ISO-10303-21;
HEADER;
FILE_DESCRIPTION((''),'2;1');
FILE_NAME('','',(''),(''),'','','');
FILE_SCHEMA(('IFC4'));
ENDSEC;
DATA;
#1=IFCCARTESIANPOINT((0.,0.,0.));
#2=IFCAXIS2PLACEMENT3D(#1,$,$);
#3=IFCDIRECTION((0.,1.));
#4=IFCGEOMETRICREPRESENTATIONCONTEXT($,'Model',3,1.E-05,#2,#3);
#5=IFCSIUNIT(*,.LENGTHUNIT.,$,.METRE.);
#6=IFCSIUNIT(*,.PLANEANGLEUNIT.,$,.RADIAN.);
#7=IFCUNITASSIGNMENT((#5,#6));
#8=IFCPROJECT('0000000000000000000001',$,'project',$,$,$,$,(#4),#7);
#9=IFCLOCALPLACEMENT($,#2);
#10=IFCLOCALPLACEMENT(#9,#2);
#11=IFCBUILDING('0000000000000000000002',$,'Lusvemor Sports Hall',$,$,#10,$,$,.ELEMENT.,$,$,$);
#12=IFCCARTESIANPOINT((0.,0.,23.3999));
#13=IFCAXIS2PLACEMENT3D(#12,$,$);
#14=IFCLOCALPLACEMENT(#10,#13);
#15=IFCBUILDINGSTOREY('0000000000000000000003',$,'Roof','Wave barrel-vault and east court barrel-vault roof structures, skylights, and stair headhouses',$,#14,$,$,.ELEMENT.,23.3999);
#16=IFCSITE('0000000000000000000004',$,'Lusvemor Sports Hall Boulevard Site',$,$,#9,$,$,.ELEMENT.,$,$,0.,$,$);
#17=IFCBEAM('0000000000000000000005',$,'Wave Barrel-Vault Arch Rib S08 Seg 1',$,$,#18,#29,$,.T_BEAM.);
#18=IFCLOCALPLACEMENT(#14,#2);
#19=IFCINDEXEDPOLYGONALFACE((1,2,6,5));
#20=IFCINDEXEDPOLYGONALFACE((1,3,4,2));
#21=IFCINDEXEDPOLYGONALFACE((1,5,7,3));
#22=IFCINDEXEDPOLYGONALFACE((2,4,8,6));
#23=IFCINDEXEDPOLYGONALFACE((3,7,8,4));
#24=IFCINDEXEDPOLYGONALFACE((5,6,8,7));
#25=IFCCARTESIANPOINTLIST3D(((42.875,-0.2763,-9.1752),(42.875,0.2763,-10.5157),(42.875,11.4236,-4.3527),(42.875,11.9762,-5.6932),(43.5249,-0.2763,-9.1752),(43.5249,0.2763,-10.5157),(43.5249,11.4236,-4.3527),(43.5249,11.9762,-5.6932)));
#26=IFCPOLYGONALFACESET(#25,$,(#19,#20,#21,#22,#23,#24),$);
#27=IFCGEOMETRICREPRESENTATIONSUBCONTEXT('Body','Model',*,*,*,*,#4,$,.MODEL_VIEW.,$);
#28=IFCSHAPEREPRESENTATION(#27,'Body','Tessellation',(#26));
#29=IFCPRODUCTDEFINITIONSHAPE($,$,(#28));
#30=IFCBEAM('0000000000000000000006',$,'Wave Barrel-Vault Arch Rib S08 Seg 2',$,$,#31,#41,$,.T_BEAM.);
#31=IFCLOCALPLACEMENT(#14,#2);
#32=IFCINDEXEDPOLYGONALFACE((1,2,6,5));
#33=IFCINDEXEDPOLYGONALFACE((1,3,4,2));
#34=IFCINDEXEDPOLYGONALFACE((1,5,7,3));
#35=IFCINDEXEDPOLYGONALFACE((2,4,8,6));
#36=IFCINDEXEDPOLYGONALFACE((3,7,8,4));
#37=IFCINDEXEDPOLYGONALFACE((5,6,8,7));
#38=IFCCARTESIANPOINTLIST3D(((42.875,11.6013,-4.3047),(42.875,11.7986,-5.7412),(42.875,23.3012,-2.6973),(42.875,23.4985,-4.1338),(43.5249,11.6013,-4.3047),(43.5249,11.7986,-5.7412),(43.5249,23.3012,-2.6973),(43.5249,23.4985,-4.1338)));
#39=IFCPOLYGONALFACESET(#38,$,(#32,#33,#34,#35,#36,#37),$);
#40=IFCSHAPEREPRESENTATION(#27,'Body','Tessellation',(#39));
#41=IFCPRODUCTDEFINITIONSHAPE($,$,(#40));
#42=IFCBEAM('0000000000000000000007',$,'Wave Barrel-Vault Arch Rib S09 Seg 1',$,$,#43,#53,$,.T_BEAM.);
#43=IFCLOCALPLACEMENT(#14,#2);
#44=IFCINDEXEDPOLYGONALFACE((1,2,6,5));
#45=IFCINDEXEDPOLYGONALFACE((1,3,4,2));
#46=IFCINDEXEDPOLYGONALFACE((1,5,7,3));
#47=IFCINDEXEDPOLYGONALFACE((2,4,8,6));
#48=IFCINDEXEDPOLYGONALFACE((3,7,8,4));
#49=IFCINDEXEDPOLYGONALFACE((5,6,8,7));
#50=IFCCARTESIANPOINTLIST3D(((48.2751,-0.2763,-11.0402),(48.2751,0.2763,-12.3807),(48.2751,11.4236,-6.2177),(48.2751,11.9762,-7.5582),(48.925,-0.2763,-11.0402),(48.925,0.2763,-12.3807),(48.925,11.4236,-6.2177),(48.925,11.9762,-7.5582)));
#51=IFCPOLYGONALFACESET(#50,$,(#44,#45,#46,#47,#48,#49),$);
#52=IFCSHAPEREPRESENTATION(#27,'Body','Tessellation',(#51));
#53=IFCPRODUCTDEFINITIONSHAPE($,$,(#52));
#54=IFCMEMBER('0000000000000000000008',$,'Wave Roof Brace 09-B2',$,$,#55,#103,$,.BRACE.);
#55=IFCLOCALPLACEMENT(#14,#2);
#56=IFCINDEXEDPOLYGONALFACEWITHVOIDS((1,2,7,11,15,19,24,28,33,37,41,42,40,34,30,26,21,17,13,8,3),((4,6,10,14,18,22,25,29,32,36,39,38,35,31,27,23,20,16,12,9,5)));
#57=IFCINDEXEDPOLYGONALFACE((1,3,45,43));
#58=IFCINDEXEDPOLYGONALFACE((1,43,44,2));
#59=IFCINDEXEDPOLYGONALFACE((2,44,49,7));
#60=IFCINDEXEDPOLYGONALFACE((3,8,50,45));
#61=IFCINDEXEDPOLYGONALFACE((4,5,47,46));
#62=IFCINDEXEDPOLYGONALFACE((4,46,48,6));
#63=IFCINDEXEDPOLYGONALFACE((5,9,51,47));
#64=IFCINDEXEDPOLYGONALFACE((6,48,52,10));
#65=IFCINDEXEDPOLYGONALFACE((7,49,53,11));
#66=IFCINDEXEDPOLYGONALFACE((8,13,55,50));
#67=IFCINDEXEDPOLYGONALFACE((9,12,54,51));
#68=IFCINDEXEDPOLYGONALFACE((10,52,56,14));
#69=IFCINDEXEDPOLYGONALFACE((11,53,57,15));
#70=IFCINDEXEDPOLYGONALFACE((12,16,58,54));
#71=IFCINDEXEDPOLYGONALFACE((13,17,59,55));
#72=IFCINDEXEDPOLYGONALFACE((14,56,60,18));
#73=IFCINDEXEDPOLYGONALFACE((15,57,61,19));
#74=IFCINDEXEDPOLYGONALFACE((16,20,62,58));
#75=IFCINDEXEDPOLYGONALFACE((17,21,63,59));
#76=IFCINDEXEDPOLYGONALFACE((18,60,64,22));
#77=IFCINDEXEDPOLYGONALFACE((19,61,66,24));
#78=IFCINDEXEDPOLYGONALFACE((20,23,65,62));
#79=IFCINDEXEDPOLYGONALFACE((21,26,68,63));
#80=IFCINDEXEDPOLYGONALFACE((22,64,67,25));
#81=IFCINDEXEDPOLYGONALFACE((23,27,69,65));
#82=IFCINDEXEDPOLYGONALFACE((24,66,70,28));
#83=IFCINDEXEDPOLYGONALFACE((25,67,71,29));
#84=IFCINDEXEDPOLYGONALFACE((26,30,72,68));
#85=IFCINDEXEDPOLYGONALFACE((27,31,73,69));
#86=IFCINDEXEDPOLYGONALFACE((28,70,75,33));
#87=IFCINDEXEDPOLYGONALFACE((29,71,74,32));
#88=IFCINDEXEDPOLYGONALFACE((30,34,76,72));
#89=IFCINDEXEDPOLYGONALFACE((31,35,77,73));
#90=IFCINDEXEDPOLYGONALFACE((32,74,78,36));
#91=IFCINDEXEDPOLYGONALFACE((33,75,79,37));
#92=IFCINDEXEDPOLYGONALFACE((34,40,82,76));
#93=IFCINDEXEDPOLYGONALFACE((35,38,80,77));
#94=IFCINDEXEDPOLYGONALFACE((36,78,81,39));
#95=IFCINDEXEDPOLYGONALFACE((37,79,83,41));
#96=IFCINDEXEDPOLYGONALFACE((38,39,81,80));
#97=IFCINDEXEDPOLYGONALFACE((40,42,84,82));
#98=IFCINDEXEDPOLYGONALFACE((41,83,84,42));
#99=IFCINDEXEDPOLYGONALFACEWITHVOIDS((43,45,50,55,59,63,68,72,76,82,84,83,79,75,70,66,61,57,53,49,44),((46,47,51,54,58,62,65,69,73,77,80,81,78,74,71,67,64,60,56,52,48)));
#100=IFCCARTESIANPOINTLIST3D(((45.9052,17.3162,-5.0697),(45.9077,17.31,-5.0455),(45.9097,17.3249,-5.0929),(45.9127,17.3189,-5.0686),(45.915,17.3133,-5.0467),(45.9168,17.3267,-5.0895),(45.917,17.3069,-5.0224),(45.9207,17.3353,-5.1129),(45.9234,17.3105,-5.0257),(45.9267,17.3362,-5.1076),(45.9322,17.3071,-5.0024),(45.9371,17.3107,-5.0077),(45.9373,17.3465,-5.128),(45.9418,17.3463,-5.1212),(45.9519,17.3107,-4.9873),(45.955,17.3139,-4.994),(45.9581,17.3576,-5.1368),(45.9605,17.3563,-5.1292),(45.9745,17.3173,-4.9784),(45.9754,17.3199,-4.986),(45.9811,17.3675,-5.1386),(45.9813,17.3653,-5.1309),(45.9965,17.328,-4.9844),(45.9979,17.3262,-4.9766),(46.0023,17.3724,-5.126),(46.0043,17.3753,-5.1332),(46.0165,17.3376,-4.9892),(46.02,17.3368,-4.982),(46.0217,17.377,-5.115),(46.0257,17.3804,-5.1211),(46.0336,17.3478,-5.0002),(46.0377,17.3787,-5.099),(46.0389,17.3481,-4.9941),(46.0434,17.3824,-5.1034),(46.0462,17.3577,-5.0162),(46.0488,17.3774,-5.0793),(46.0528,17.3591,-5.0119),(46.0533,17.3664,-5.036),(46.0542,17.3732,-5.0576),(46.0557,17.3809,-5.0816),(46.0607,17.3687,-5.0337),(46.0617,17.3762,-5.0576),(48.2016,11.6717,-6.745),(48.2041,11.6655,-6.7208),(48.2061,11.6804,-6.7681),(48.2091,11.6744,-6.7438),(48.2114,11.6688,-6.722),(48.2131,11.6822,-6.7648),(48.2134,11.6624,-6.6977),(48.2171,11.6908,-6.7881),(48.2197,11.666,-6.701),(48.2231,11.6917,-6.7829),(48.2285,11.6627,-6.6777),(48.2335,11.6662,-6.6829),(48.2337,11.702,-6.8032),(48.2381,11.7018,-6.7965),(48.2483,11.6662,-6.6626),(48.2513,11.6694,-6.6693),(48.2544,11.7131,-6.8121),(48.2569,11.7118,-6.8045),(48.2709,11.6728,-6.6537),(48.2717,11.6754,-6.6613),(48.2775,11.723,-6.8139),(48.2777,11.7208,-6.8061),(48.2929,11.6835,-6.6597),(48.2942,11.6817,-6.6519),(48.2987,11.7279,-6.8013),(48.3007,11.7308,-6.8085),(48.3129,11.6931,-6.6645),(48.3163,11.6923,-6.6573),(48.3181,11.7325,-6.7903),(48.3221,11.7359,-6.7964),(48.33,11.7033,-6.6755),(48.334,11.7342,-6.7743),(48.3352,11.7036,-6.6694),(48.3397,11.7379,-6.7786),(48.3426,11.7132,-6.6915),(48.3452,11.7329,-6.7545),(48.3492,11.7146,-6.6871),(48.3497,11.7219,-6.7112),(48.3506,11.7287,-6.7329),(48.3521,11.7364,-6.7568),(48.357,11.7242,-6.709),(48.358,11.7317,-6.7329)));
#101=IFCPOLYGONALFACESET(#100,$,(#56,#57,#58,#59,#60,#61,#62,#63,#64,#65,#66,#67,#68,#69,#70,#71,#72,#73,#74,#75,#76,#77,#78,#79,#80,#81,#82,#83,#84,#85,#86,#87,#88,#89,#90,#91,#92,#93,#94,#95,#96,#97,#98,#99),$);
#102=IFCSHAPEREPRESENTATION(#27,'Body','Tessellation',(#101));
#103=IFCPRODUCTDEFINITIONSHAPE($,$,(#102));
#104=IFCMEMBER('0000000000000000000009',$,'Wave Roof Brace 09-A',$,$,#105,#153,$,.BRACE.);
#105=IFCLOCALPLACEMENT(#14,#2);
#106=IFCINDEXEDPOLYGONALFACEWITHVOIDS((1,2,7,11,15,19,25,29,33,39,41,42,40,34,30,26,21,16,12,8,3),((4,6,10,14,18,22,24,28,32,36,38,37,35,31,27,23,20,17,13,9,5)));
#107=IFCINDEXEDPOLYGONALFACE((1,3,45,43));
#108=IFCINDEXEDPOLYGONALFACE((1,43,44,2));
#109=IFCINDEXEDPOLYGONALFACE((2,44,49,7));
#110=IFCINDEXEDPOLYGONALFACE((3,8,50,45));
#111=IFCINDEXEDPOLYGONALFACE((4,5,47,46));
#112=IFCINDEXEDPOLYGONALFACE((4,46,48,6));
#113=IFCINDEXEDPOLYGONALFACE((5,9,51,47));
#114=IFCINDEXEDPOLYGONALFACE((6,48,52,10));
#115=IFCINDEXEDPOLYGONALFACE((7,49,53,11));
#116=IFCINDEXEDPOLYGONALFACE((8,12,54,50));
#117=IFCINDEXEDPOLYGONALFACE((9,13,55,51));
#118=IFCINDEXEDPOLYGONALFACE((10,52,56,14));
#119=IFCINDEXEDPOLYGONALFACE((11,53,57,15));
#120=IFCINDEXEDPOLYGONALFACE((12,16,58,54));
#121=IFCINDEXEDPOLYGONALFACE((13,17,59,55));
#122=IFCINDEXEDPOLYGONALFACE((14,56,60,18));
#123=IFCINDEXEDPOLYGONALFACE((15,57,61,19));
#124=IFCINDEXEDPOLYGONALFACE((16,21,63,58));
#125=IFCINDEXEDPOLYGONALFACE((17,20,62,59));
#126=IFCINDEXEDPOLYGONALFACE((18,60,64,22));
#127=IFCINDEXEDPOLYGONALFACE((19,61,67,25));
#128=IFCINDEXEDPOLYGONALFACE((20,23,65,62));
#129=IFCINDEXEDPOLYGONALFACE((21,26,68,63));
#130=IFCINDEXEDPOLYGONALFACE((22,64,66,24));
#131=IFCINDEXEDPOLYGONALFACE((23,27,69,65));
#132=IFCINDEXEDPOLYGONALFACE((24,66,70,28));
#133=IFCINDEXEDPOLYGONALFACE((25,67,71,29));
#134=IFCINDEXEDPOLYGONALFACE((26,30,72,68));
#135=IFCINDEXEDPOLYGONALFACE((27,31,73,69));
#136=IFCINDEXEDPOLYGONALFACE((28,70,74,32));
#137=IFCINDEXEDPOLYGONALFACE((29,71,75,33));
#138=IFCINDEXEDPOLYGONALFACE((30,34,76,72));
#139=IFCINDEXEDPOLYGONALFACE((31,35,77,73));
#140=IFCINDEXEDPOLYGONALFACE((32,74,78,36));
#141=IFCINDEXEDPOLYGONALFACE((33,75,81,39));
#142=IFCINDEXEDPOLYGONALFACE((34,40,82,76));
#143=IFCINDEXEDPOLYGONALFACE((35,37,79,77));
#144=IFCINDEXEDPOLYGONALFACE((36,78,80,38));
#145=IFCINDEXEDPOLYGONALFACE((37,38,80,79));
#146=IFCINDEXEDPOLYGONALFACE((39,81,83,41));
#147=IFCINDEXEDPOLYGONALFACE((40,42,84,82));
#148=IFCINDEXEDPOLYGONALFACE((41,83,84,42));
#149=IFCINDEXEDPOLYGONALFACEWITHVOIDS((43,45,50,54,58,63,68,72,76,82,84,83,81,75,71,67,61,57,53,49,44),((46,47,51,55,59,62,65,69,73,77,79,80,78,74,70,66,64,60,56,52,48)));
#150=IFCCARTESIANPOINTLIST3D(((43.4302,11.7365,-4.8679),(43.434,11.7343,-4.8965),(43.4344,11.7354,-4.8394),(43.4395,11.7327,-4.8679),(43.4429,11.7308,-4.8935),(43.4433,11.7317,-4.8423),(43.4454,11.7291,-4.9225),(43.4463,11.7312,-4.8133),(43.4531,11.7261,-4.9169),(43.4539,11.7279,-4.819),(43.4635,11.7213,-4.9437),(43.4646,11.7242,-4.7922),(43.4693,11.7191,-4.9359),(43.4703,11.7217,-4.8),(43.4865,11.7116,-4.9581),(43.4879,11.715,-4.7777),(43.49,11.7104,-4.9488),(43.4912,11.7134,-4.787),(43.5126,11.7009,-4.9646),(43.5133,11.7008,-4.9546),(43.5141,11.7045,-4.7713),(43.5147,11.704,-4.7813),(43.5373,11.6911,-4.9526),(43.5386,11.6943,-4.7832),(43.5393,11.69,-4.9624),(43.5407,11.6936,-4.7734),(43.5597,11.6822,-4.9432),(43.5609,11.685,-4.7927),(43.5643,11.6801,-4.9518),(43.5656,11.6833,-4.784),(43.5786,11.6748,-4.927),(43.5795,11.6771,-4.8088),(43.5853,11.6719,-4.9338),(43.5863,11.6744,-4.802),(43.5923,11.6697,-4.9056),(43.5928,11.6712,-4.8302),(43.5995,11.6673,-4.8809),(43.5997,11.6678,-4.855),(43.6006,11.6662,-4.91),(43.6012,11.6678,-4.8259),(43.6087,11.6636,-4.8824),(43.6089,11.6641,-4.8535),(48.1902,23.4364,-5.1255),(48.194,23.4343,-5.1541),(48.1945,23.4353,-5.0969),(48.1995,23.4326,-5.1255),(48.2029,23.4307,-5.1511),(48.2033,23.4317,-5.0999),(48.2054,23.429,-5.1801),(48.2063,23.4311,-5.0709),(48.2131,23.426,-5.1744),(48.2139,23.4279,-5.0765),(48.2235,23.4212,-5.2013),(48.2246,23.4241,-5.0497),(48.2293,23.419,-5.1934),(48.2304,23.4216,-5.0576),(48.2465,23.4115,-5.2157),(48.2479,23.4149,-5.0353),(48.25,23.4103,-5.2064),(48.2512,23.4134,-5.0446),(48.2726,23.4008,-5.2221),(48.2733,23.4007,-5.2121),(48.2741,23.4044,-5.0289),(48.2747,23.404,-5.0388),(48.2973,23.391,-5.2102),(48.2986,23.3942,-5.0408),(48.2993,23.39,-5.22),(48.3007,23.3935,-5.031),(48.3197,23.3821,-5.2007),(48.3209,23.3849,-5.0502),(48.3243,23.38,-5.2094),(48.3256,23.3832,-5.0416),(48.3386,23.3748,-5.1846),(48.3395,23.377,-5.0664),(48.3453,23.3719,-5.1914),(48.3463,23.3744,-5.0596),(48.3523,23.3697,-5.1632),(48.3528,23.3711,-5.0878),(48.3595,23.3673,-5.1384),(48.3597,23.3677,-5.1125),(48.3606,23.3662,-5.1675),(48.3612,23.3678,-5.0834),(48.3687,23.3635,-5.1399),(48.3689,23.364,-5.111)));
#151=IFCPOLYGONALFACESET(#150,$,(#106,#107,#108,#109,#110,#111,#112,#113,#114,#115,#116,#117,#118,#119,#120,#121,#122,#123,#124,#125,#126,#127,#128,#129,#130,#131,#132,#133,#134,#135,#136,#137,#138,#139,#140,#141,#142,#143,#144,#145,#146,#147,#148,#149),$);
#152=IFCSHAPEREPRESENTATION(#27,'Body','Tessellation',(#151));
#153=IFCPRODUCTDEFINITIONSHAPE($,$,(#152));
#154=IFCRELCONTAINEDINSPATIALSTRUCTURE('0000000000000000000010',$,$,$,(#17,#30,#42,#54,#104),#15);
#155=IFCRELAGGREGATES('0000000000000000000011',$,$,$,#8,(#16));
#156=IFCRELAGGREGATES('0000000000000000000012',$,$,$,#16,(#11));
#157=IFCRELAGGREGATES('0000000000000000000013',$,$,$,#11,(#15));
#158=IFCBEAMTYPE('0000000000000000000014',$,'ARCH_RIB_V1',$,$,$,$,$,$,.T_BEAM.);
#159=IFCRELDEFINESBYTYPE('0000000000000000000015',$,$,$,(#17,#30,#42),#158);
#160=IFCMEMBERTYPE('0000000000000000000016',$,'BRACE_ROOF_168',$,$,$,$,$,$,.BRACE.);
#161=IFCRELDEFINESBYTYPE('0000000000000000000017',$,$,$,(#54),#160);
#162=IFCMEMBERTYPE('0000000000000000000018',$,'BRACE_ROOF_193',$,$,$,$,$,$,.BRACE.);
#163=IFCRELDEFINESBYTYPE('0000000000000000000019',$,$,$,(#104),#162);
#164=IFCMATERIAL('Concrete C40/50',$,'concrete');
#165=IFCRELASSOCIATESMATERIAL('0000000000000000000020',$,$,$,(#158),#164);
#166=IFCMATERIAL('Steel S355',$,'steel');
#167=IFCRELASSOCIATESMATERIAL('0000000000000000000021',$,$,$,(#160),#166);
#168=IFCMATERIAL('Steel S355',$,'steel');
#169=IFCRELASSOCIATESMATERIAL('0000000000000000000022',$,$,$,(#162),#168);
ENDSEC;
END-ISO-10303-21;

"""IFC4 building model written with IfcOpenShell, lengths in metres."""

from ifc_helpers import new_model, si_unit, direction, frame, origin, origin_2d, place, context, subcontext, project, spatial, rectangle, hollow_circle, extrude, material, material_profile, profile_set, type_object, element, save


model = new_model("IFC4")

# Units and contexts
model_context = context("Model", 3, precision=1e-05, world=origin(), true_north=direction((0.0, 1.0)))
body_context = subcontext(model_context, "Body", "Model", "MODEL_VIEW")
ifc_project = project(units=[si_unit("LENGTHUNIT", "METRE"), si_unit("PLANEANGLEUNIT", "RADIAN")], contexts=[model_context])

# Site, building, storey
site_placement = place(None, origin())
site = spatial("IfcSite", under=ifc_project, at=site_placement, Name="Lusvemor Sports Hall Boulevard Site", CompositionType="ELEMENT", RefElevation=0.0)
building_placement = place(site_placement, origin())
building = spatial("IfcBuilding", under=site, at=building_placement, Name="Lusvemor Sports Hall", CompositionType="ELEMENT")
storey_placement = place(building_placement, frame((0.0, 0.0, 23.3999)))
storey = spatial("IfcBuildingStorey", under=building, at=storey_placement, Name="Roof", Description="Wave barrel-vault and east court barrel-vault roof structures, skylights, and stair headhouses", CompositionType="ELEMENT", Elevation=23.3999)

# Beams
ifc_material_1 = material(Name="Concrete C40/50", Category="concrete")
ifc_material_profile_1 = material_profile(ifc_material_1, rectangle(XDim=0.6499, YDim=1.45, at=origin_2d()), Name="RC650x1450")
ifc_profile_set_1 = profile_set([ifc_material_profile_1], Name="Concrete C40/50")
beam_type_1 = type_object("IfcBeamType", Name="ARCH_RIB_V1", PredefinedType="T_BEAM", material=ifc_profile_set_1)
beam_1_placement = place(storey_placement, frame((43.2, 0.0, -9.8455), z_axis=(0.0, 0.924542, 0.38108), x_axis=(-1.0, 0.0, 0.0)))
element("IfcBeam", 1, at=beam_1_placement, inside=storey, type_object=beam_type_1, Name="Wave Barrel-Vault Arch Rib S08 Seg 1", PredefinedType="T_BEAM", context=body_context, shape_type="SweptSolid", body=[
    extrude(rectangle(XDim=0.6499, YDim=1.45, at=origin_2d()), origin(), (0.0, 0.0, 1.0), 12.6548),
])
beam_2_placement = place(storey_placement, frame((43.2, 11.7, -5.0229), z_axis=(0.0, 0.990694, 0.136109), x_axis=(-1.0, 0.0, 0.0)))
element("IfcBeam", 2, at=beam_2_placement, inside=storey, type_object=beam_type_1, Name="Wave Barrel-Vault Arch Rib S08 Seg 2", PredefinedType="T_BEAM", context=body_context, shape_type="SweptSolid", body=[
    extrude(rectangle(XDim=0.6499, YDim=1.45, at=origin_2d()), origin(), (0.0, 0.0, 1.0), 11.8098),
])
beam_3_placement = place(storey_placement, frame((48.6001, 0.0, -11.7104), z_axis=(0.0, 0.924542, 0.38108), x_axis=(-1.0, 0.0, 0.0)))
element("IfcBeam", 3, at=beam_3_placement, inside=storey, type_object=beam_type_1, Name="Wave Barrel-Vault Arch Rib S09 Seg 1", PredefinedType="T_BEAM", context=body_context, shape_type="SweptSolid", body=[
    extrude(rectangle(XDim=0.6499, YDim=1.45, at=origin_2d()), origin(), (0.0, 0.0, 1.0), 12.6548),
])

# Members
ifc_material_2 = material(Name="Steel S355", Category="steel")
ifc_material_profile_2 = material_profile(ifc_material_2, hollow_circle(Radius=0.0842, WallThickness=0.0081, at=origin_2d()), Name="CHS168.3x8.0")
ifc_profile_set_2 = profile_set([ifc_material_profile_2], Name="Steel S355")
member_type_1 = type_object("IfcMemberType", Name="BRACE_ROOF_168", PredefinedType="BRACE", material=ifc_profile_set_2)
member_1_placement = place(storey_placement, frame((45.9836, 17.3445, -5.0576), z_axis=(0.36336, -0.893141, -0.265084), x_axis=(0.926278, 0.376841, 0.0)))
element("IfcMember", 4, at=member_1_placement, inside=storey, type_object=member_type_1, Name="Wave Roof Brace 09-B2", PredefinedType="BRACE", context=body_context, shape_type="SweptSolid", body=[
    extrude(hollow_circle(Radius=0.0842, WallThickness=0.0081, at=origin_2d()), origin(), (0.0, 0.0, 1.0), 6.3198),
])
ifc_material_3 = material(Name="Steel S355", Category="steel")
ifc_material_profile_3 = material_profile(ifc_material_3, hollow_circle(Radius=0.0969, WallThickness=0.01, at=origin_2d()), Name="CHS193.7x10.0")
ifc_profile_set_3 = profile_set([ifc_material_profile_3], Name="Steel S355")
member_type_2 = type_object("IfcMemberType", Name="BRACE_ROOF_193", PredefinedType="BRACE", material=ifc_profile_set_3)
member_2_placement = place(storey_placement, frame((43.52, 11.7, -4.8679), z_axis=(0.376768, 0.926083, -0.020387), x_axis=(-0.926276, 0.376846, 0.0)))
element("IfcMember", 5, at=member_2_placement, inside=storey, type_object=member_type_2, Name="Wave Roof Brace 09-A", PredefinedType="BRACE", context=body_context, shape_type="SweptSolid", body=[
    extrude(hollow_circle(Radius=0.0969, WallThickness=0.01, at=origin_2d()), origin(), (0.0, 0.0, 1.0), 12.6338),
])

save(model, "model.ifc")
